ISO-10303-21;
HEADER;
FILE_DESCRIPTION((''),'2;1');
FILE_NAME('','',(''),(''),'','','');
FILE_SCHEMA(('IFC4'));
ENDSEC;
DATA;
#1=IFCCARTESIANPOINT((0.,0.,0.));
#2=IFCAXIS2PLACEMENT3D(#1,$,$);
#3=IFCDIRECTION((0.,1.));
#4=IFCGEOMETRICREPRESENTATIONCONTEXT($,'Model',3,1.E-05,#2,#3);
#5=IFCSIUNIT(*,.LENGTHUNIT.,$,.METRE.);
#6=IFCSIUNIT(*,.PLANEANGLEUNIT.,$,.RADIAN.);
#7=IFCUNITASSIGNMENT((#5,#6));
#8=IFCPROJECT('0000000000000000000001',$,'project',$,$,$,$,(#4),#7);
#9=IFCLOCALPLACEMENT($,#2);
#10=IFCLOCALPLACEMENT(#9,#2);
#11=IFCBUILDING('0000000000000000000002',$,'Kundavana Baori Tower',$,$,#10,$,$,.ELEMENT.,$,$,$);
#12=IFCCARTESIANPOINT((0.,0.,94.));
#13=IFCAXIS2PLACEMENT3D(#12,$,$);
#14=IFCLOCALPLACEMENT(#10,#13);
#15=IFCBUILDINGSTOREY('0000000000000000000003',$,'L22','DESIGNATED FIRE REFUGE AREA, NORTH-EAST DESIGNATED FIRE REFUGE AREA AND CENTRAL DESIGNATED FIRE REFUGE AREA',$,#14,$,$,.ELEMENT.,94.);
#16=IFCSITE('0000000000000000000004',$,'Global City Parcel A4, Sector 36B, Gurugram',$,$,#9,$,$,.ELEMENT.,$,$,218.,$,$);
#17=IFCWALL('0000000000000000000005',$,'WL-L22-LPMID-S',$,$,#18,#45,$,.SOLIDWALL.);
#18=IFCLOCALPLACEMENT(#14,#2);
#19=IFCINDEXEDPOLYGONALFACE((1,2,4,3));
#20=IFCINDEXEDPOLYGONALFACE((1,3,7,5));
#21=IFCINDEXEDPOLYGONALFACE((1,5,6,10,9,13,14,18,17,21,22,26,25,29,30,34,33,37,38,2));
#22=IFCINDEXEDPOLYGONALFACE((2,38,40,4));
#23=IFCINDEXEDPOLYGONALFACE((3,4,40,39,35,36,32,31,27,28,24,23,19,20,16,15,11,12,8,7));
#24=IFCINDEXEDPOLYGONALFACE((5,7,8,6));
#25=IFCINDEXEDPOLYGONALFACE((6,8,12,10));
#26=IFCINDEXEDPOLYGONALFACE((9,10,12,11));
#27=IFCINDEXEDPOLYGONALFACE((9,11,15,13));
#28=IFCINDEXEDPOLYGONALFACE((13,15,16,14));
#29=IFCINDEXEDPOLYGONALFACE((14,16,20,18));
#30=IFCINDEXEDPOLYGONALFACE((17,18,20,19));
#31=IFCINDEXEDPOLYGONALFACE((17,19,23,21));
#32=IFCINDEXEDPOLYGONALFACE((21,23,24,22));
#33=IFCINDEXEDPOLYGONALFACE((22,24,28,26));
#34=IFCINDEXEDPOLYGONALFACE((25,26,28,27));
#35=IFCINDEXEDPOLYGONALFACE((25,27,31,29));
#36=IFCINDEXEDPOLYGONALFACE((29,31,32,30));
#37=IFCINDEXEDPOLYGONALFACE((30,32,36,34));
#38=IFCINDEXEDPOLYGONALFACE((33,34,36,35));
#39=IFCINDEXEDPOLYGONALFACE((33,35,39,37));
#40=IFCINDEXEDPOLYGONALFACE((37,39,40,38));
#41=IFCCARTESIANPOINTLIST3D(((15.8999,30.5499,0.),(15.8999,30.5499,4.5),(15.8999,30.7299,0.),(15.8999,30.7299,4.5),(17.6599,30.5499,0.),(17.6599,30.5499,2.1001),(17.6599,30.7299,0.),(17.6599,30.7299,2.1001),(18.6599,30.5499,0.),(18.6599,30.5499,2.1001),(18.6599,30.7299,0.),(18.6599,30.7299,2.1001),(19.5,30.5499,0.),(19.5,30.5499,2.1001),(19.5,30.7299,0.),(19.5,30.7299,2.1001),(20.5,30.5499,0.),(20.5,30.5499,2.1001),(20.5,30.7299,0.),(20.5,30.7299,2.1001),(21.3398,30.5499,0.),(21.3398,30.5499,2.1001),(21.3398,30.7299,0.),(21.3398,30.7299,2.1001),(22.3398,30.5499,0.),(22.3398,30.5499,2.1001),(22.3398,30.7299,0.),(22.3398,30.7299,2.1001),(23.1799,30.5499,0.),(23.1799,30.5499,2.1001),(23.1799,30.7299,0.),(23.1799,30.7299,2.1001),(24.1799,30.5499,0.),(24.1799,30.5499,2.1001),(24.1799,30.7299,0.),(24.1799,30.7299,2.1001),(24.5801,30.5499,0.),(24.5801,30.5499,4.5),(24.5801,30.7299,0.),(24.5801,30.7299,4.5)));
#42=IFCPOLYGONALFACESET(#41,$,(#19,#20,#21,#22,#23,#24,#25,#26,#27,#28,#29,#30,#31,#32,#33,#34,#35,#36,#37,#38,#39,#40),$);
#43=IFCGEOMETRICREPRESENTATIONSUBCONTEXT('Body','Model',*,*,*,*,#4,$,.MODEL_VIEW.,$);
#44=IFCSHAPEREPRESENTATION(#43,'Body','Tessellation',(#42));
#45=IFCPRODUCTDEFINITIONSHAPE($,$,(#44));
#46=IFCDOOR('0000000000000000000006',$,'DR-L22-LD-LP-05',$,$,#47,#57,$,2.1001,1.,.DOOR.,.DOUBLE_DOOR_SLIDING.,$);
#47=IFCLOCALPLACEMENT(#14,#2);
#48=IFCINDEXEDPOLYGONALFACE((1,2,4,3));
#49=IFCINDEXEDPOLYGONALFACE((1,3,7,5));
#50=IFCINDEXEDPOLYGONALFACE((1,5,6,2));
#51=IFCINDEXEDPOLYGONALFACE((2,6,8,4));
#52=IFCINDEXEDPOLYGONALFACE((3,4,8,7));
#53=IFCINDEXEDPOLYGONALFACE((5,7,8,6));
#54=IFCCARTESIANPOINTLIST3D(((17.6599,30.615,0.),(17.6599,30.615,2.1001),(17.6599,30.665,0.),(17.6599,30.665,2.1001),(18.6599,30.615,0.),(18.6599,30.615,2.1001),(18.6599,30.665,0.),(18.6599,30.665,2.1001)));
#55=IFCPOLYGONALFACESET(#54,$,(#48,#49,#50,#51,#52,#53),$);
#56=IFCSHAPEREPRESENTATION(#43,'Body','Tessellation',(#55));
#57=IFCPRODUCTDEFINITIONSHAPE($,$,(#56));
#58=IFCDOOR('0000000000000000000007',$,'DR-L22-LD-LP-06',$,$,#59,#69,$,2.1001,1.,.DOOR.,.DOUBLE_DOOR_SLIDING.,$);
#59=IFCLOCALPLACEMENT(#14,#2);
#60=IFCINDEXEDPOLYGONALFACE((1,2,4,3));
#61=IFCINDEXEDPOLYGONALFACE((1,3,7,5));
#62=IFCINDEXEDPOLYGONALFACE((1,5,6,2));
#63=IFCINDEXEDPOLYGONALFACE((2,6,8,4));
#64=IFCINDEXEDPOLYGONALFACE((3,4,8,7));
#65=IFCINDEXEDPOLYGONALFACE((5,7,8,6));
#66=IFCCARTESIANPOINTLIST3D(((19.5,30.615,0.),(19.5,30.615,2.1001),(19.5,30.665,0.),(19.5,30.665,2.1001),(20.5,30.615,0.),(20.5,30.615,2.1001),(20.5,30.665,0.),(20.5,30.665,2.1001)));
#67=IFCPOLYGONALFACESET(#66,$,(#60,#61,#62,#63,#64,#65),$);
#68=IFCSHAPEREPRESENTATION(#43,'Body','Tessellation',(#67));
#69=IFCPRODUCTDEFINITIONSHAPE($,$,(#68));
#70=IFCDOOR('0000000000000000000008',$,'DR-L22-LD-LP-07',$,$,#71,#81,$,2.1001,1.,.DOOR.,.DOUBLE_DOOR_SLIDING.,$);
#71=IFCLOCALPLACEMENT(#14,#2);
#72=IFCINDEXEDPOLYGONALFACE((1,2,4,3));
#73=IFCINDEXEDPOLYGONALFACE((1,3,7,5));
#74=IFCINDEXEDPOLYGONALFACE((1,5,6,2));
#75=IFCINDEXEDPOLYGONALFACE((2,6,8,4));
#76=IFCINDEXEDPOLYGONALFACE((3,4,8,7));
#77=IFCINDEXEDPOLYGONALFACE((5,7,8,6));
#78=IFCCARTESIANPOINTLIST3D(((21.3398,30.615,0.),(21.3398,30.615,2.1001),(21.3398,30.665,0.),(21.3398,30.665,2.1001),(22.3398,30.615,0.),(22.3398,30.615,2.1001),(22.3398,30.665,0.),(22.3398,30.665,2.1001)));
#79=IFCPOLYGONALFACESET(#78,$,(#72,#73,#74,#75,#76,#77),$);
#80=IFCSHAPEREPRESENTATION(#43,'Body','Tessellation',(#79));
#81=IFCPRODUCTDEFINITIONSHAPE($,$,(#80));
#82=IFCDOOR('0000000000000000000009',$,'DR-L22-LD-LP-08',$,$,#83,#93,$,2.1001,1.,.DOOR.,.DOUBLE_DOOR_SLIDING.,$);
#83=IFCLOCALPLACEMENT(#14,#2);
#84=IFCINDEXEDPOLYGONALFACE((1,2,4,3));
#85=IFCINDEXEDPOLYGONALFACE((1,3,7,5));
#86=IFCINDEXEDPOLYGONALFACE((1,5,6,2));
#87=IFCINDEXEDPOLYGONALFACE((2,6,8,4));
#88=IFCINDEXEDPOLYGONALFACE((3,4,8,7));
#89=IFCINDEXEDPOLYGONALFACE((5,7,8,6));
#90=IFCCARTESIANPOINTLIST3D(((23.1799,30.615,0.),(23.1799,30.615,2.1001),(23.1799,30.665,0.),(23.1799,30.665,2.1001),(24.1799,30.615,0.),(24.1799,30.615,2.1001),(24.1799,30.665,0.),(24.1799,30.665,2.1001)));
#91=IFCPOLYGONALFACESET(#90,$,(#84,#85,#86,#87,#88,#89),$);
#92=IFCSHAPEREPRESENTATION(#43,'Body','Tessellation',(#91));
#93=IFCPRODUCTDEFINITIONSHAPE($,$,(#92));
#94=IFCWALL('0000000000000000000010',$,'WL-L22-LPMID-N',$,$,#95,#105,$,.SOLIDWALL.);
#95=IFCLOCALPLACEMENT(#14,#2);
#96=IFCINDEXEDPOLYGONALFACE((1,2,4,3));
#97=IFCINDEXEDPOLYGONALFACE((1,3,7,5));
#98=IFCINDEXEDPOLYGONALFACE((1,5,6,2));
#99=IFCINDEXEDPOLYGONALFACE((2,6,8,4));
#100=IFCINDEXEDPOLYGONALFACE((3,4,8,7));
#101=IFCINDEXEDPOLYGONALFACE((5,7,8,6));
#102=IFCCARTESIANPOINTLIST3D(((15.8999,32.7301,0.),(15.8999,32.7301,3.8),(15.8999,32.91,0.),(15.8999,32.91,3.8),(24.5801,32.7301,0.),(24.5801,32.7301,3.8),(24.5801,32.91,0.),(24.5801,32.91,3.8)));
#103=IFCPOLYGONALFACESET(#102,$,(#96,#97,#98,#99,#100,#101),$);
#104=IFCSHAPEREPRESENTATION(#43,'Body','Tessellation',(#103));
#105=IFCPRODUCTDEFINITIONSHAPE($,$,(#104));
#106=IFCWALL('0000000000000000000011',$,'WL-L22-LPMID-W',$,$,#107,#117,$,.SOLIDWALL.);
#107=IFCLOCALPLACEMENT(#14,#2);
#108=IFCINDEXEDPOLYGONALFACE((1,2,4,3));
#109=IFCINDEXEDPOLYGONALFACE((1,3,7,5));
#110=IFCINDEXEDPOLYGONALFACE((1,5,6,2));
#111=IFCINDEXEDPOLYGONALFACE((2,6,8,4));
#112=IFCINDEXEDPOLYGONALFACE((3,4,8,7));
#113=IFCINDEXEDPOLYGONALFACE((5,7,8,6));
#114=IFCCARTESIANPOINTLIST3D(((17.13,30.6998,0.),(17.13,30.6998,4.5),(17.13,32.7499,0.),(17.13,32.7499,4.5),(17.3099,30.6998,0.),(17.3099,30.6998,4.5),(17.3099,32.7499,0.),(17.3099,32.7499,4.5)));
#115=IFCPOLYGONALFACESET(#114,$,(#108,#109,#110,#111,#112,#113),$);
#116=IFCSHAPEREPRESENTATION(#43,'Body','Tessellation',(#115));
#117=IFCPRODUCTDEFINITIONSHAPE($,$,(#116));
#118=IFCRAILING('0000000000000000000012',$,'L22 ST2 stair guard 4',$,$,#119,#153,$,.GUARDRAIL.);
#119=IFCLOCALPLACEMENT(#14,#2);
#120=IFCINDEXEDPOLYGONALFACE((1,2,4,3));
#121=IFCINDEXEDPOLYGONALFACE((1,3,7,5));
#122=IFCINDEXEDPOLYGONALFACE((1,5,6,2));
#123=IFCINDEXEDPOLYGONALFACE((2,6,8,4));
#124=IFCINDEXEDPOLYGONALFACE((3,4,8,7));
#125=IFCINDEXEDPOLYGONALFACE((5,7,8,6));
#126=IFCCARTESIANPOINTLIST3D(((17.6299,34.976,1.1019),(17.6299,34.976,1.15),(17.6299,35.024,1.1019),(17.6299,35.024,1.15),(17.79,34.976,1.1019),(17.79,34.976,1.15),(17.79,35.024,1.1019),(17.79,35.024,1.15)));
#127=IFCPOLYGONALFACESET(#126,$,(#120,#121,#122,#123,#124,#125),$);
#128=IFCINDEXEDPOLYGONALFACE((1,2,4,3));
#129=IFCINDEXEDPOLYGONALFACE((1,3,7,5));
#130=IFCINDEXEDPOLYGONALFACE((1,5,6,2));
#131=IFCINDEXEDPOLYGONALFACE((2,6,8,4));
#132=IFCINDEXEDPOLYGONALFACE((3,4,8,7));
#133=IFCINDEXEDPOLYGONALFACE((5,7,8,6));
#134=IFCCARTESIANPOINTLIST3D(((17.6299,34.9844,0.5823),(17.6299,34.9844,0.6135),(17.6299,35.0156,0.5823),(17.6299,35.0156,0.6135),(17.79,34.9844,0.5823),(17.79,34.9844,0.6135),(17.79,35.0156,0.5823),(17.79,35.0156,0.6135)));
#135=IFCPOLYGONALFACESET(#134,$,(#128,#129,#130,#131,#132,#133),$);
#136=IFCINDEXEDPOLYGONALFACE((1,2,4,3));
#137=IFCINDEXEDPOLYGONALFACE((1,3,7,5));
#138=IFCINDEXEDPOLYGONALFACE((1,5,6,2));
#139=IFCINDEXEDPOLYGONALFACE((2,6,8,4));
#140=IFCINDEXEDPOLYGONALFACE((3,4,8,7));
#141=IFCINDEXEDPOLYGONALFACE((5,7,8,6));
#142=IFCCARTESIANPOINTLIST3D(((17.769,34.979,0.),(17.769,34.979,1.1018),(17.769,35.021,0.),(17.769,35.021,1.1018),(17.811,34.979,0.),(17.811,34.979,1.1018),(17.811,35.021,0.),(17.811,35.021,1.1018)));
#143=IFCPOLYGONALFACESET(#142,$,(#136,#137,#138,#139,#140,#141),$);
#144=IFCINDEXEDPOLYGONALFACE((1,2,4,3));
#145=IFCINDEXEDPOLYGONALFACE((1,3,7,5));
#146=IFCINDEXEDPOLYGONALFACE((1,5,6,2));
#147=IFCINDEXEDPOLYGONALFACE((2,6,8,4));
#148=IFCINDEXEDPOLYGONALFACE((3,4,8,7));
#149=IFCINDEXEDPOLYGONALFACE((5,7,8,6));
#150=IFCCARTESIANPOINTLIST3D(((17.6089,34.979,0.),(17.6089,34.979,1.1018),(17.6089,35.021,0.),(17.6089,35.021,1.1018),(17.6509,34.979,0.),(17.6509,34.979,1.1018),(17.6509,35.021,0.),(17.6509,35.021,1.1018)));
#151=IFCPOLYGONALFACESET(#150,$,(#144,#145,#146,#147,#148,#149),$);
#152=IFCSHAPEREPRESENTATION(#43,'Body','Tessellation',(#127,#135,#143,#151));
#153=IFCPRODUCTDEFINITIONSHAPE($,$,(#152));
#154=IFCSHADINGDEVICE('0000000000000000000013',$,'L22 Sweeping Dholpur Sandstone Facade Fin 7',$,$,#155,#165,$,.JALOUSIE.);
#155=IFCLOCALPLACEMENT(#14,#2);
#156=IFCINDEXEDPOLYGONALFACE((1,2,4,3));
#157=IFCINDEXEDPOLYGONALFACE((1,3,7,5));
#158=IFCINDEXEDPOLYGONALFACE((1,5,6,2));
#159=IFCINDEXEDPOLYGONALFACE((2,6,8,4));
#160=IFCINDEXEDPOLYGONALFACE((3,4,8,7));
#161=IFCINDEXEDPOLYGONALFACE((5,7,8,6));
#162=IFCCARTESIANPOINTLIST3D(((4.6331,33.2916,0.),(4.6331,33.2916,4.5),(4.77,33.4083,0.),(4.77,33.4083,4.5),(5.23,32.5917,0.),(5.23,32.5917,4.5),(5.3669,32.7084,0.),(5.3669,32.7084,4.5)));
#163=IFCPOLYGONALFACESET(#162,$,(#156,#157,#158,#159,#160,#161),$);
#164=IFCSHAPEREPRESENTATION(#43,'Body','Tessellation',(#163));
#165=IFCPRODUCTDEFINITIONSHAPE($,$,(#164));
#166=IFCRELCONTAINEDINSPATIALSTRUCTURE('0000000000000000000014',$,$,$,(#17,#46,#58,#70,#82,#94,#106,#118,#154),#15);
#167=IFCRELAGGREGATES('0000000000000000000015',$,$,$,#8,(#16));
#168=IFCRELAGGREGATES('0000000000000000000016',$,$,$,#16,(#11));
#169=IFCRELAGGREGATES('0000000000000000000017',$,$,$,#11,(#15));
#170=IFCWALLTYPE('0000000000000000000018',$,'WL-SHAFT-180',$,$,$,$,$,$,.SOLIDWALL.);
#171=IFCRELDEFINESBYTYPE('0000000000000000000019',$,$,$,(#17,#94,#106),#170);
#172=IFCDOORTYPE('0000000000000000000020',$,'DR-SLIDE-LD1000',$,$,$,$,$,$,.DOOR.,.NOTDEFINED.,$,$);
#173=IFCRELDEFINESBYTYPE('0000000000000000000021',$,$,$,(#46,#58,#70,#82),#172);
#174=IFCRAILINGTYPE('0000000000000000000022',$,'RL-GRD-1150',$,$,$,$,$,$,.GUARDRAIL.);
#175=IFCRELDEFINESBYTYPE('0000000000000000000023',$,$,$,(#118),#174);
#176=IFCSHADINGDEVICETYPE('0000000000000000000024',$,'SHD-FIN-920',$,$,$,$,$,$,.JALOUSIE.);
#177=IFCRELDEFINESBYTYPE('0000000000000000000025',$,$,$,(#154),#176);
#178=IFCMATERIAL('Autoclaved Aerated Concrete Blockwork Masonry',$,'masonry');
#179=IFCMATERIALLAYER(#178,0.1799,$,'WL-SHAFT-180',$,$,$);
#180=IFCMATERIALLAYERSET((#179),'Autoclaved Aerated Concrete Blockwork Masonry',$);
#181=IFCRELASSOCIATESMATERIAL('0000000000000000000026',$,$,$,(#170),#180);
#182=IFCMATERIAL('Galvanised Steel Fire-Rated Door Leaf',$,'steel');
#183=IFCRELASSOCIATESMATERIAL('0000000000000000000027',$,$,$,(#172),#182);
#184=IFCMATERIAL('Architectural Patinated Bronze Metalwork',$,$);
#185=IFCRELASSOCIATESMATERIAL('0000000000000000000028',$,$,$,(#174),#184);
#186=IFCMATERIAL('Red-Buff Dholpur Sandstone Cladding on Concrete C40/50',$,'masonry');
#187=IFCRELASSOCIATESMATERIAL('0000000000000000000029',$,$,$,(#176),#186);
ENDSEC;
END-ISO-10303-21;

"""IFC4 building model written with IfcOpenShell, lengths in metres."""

from ifc_helpers import new_model, si_unit, direction, frame, frame_2d, origin, origin_2d, place, context, subcontext, project, spatial, rectangle, extrude, material, layer, layer_set, type_object, element, fill, save


model = new_model("IFC4")

# Units and contexts
model_context = context("Model", 3, precision=1e-05, world=origin(), true_north=direction((0.0, 1.0)))
body_context = subcontext(model_context, "Body", "Model", "MODEL_VIEW")
ifc_project = project(units=[si_unit("LENGTHUNIT", "METRE"), si_unit("PLANEANGLEUNIT", "RADIAN")], contexts=[model_context])

# Site, building, storey
site_placement = place(None, origin())
site = spatial("IfcSite", under=ifc_project, at=site_placement, Name="Global City Parcel A4, Sector 36B, Gurugram", CompositionType="ELEMENT", RefElevation=218.0)
building_placement = place(site_placement, origin())
building = spatial("IfcBuilding", under=site, at=building_placement, Name="Kundavana Baori Tower", CompositionType="ELEMENT")
storey_placement = place(building_placement, frame((0.0, 0.0, 94.0)))
storey = spatial("IfcBuildingStorey", under=building, at=storey_placement, Name="L22", Description="DESIGNATED FIRE REFUGE AREA, NORTH-EAST DESIGNATED FIRE REFUGE AREA AND CENTRAL DESIGNATED FIRE REFUGE AREA", CompositionType="ELEMENT", Elevation=94.0)

# Shared definitions
ifc_material_1 = material(Name="Autoclaved Aerated Concrete Blockwork Masonry", Category="masonry")
ifc_layer_1 = layer(ifc_material_1, 0.1799, Name="WL-SHAFT-180")
ifc_layer_set_1 = layer_set([ifc_layer_1], Name="Autoclaved Aerated Concrete Blockwork Masonry")
wall_type_1 = type_object("IfcWallType", Name="WL-SHAFT-180", PredefinedType="SOLIDWALL", material=ifc_layer_set_1)
ifc_material_2 = material(Name="Galvanised Steel Fire-Rated Door Leaf", Category="steel")
door_type_1 = type_object("IfcDoorType", Name="DR-SLIDE-LD1000", OperationType="NOTDEFINED", PredefinedType="DOOR", material=ifc_material_2)

# Wall, openings, doors
wall_1_placement = place(storey_placement, frame((15.8999, 30.6399, 0.0), z_axis=(0.0, 0.0, 1.0), x_axis=(1.0, 0.0, 0.0)))
wall_1 = element("IfcWall", 1, at=wall_1_placement, inside=storey, type_object=wall_type_1, Name="WL-L22-LPMID-S", PredefinedType="SOLIDWALL", context=body_context, shape_type="SweptSolid", body=[
    extrude(rectangle(XDim=8.6802, YDim=0.1799, at=frame_2d((4.3401, 0.0))), origin(), (0.0, 0.0, 1.0), 4.5),
])
opening_1_placement = place(wall_1_placement, frame((1.76, 0.0, 0.0)))
opening_1 = element("IfcOpeningElement", 2, at=opening_1_placement, cuts=wall_1, PredefinedType="OPENING", context=body_context, shape_type="SweptSolid", body=[
    extrude(rectangle(XDim=1.0, YDim=2.1001, at=frame_2d((0.5, 1.05))), frame((0.0, 0.1001, 0.0), z_axis=(0.0, -1.0, 0.0), x_axis=(1.0, 0.0, 0.0)), (0.0, 0.0, 1.0), 0.2),
])
opening_2_placement = place(wall_1_placement, frame((3.6001, 0.0, 0.0)))
opening_2 = element("IfcOpeningElement", 3, at=opening_2_placement, cuts=wall_1, PredefinedType="OPENING", context=body_context, shape_type="SweptSolid", body=[
    extrude(rectangle(XDim=1.0, YDim=2.1001, at=frame_2d((0.5, 1.05))), frame((0.0, 0.1001, 0.0), z_axis=(0.0, -1.0, 0.0), x_axis=(1.0, 0.0, 0.0)), (0.0, 0.0, 1.0), 0.2),
])
opening_3_placement = place(wall_1_placement, frame((5.4399, 0.0, 0.0)))
opening_3 = element("IfcOpeningElement", 4, at=opening_3_placement, cuts=wall_1, PredefinedType="OPENING", context=body_context, shape_type="SweptSolid", body=[
    extrude(rectangle(XDim=1.0, YDim=2.1001, at=frame_2d((0.5, 1.05))), frame((0.0, 0.1001, 0.0), z_axis=(0.0, -1.0, 0.0), x_axis=(1.0, 0.0, 0.0)), (0.0, 0.0, 1.0), 0.2),
])
opening_4_placement = place(wall_1_placement, frame((7.28, 0.0, 0.0)))
opening_4 = element("IfcOpeningElement", 5, at=opening_4_placement, cuts=wall_1, PredefinedType="OPENING", context=body_context, shape_type="SweptSolid", body=[
    extrude(rectangle(XDim=1.0, YDim=2.1001, at=frame_2d((0.5, 1.05))), frame((0.0, 0.1001, 0.0), z_axis=(0.0, -1.0, 0.0), x_axis=(1.0, 0.0, 0.0)), (0.0, 0.0, 1.0), 0.2),
])
door_1_placement = place(opening_1_placement, frame((1.0, 0.0, 0.0), z_axis=(0.0, 0.0, 1.0), x_axis=(-1.0, 0.0, 0.0)))
door_1 = element("IfcDoor", 6, at=door_1_placement, inside=storey, type_object=door_type_1, Name="DR-L22-LD-LP-05", OperationType="DOUBLE_DOOR_SLIDING", OverallHeight=2.1001, OverallWidth=1.0, PredefinedType="DOOR", context=body_context, shape_type="SweptSolid", body=[
    extrude(rectangle(XDim=1.0, YDim=2.1001, at=frame_2d((0.5, 1.05))), frame((0.0, 0.0249, 0.0), z_axis=(0.0, -1.0, 0.0), x_axis=(1.0, 0.0, 0.0)), (0.0, 0.0, 1.0), 0.05),
])
fill(opening_1, door_1)
door_2_placement = place(opening_2_placement, frame((1.0, 0.0, 0.0), z_axis=(0.0, 0.0, 1.0), x_axis=(-1.0, 0.0, 0.0)))
door_2 = element("IfcDoor", 7, at=door_2_placement, inside=storey, type_object=door_type_1, Name="DR-L22-LD-LP-06", OperationType="DOUBLE_DOOR_SLIDING", OverallHeight=2.1001, OverallWidth=1.0, PredefinedType="DOOR", context=body_context, shape_type="SweptSolid", body=[
    extrude(rectangle(XDim=1.0, YDim=2.1001, at=frame_2d((0.5, 1.05))), frame((0.0, 0.0249, 0.0), z_axis=(0.0, -1.0, 0.0), x_axis=(1.0, 0.0, 0.0)), (0.0, 0.0, 1.0), 0.05),
])
fill(opening_2, door_2)
door_3_placement = place(opening_3_placement, frame((1.0, 0.0, 0.0), z_axis=(0.0, 0.0, 1.0), x_axis=(-1.0, 0.0, 0.0)))
door_3 = element("IfcDoor", 8, at=door_3_placement, inside=storey, type_object=door_type_1, Name="DR-L22-LD-LP-07", OperationType="DOUBLE_DOOR_SLIDING", OverallHeight=2.1001, OverallWidth=1.0, PredefinedType="DOOR", context=body_context, shape_type="SweptSolid", body=[
    extrude(rectangle(XDim=1.0, YDim=2.1001, at=frame_2d((0.5, 1.05))), frame((0.0, 0.0249, 0.0), z_axis=(0.0, -1.0, 0.0), x_axis=(1.0, 0.0, 0.0)), (0.0, 0.0, 1.0), 0.05),
])
fill(opening_3, door_3)
door_4_placement = place(opening_4_placement, frame((1.0, 0.0, 0.0), z_axis=(0.0, 0.0, 1.0), x_axis=(-1.0, 0.0, 0.0)))
door_4 = element("IfcDoor", 9, at=door_4_placement, inside=storey, type_object=door_type_1, Name="DR-L22-LD-LP-08", OperationType="DOUBLE_DOOR_SLIDING", OverallHeight=2.1001, OverallWidth=1.0, PredefinedType="DOOR", context=body_context, shape_type="SweptSolid", body=[
    extrude(rectangle(XDim=1.0, YDim=2.1001, at=frame_2d((0.5, 1.05))), frame((0.0, 0.0249, 0.0), z_axis=(0.0, -1.0, 0.0), x_axis=(1.0, 0.0, 0.0)), (0.0, 0.0, 1.0), 0.05),
])
fill(opening_4, door_4)

# Walls
wall_2_placement = place(storey_placement, frame((15.8999, 32.8201, 0.0), z_axis=(0.0, 0.0, 1.0), x_axis=(1.0, 0.0, 0.0)))
element("IfcWall", 10, at=wall_2_placement, inside=storey, type_object=wall_type_1, Name="WL-L22-LPMID-N", PredefinedType="SOLIDWALL", context=body_context, shape_type="SweptSolid", body=[
    extrude(rectangle(XDim=8.6802, YDim=0.1799, at=frame_2d((4.3401, 0.0))), origin(), (0.0, 0.0, 1.0), 3.8),
])
wall_3_placement = place(storey_placement, frame((17.22, 30.7, 0.0), z_axis=(0.0, 0.0, 1.0), x_axis=(0.0, 1.0, 0.0)))
element("IfcWall", 11, at=wall_3_placement, inside=storey, type_object=wall_type_1, Name="WL-L22-LPMID-W", PredefinedType="SOLIDWALL", context=body_context, shape_type="SweptSolid", body=[
    extrude(rectangle(XDim=2.05, YDim=0.1799, at=frame_2d((1.0249, 0.0))), origin(), (0.0, 0.0, 1.0), 4.5),
])

# Railing
ifc_material_3 = material(Name="Architectural Patinated Bronze Metalwork")
railing_type = type_object("IfcRailingType", Name="RL-GRD-1150", PredefinedType="GUARDRAIL", material=ifc_material_3)
railing_placement = place(storey_placement, frame((17.79, 35.0, 0.0)))
element("IfcRailing", 12, at=railing_placement, inside=storey, type_object=railing_type, Name="L22 ST2 stair guard 4", PredefinedType="GUARDRAIL", context=body_context, shape_type="SweptSolid", body=[
    extrude(rectangle(XDim=0.0481, YDim=0.0481, at=origin_2d()), frame((0.0, 0.0, 1.126), z_axis=(-1.0, 0.0, 0.0), x_axis=(0.0, -1.0, 0.0)), (0.0, 0.0, 1.0), 0.1602),
    extrude(rectangle(XDim=0.0312, YDim=0.0312, at=origin_2d()), frame((0.0, 0.0, 0.5979), z_axis=(-1.0, 0.0, 0.0), x_axis=(0.0, -1.0, 0.0)), (0.0, 0.0, 1.0), 0.1602),
    extrude(rectangle(XDim=0.042, YDim=0.042, at=origin_2d()), origin(), (0.0, 0.0, 1.0), 1.1018),
    extrude(rectangle(XDim=0.042, YDim=0.042, at=origin_2d()), frame((-0.1602, 0.0, 0.0)), (0.0, 0.0, 1.0), 1.1018),
])

# Shading device
ifc_material_4 = material(Name="Red-Buff Dholpur Sandstone Cladding on Concrete C40/50", Category="masonry")
shading_device_type = type_object("IfcShadingDeviceType", Name="SHD-FIN-920", PredefinedType="JALOUSIE", material=ifc_material_4)
shading_device_placement = place(storey_placement, frame((5.0, 33.0, 0.0), z_axis=(0.0, 0.0, 1.0), x_axis=(0.760859, 0.648917, 0.0)))
element("IfcShadingDevice", 13, at=shading_device_placement, inside=storey, type_object=shading_device_type, Name="L22 Sweeping Dholpur Sandstone Facade Fin 7", PredefinedType="JALOUSIE", context=body_context, shape_type="SweptSolid", body=[
    extrude(rectangle(XDim=0.1799, YDim=0.9199, at=origin_2d()), origin(), (0.0, 0.0, 1.0), 4.5),
])

save(model, "model.ifc")
